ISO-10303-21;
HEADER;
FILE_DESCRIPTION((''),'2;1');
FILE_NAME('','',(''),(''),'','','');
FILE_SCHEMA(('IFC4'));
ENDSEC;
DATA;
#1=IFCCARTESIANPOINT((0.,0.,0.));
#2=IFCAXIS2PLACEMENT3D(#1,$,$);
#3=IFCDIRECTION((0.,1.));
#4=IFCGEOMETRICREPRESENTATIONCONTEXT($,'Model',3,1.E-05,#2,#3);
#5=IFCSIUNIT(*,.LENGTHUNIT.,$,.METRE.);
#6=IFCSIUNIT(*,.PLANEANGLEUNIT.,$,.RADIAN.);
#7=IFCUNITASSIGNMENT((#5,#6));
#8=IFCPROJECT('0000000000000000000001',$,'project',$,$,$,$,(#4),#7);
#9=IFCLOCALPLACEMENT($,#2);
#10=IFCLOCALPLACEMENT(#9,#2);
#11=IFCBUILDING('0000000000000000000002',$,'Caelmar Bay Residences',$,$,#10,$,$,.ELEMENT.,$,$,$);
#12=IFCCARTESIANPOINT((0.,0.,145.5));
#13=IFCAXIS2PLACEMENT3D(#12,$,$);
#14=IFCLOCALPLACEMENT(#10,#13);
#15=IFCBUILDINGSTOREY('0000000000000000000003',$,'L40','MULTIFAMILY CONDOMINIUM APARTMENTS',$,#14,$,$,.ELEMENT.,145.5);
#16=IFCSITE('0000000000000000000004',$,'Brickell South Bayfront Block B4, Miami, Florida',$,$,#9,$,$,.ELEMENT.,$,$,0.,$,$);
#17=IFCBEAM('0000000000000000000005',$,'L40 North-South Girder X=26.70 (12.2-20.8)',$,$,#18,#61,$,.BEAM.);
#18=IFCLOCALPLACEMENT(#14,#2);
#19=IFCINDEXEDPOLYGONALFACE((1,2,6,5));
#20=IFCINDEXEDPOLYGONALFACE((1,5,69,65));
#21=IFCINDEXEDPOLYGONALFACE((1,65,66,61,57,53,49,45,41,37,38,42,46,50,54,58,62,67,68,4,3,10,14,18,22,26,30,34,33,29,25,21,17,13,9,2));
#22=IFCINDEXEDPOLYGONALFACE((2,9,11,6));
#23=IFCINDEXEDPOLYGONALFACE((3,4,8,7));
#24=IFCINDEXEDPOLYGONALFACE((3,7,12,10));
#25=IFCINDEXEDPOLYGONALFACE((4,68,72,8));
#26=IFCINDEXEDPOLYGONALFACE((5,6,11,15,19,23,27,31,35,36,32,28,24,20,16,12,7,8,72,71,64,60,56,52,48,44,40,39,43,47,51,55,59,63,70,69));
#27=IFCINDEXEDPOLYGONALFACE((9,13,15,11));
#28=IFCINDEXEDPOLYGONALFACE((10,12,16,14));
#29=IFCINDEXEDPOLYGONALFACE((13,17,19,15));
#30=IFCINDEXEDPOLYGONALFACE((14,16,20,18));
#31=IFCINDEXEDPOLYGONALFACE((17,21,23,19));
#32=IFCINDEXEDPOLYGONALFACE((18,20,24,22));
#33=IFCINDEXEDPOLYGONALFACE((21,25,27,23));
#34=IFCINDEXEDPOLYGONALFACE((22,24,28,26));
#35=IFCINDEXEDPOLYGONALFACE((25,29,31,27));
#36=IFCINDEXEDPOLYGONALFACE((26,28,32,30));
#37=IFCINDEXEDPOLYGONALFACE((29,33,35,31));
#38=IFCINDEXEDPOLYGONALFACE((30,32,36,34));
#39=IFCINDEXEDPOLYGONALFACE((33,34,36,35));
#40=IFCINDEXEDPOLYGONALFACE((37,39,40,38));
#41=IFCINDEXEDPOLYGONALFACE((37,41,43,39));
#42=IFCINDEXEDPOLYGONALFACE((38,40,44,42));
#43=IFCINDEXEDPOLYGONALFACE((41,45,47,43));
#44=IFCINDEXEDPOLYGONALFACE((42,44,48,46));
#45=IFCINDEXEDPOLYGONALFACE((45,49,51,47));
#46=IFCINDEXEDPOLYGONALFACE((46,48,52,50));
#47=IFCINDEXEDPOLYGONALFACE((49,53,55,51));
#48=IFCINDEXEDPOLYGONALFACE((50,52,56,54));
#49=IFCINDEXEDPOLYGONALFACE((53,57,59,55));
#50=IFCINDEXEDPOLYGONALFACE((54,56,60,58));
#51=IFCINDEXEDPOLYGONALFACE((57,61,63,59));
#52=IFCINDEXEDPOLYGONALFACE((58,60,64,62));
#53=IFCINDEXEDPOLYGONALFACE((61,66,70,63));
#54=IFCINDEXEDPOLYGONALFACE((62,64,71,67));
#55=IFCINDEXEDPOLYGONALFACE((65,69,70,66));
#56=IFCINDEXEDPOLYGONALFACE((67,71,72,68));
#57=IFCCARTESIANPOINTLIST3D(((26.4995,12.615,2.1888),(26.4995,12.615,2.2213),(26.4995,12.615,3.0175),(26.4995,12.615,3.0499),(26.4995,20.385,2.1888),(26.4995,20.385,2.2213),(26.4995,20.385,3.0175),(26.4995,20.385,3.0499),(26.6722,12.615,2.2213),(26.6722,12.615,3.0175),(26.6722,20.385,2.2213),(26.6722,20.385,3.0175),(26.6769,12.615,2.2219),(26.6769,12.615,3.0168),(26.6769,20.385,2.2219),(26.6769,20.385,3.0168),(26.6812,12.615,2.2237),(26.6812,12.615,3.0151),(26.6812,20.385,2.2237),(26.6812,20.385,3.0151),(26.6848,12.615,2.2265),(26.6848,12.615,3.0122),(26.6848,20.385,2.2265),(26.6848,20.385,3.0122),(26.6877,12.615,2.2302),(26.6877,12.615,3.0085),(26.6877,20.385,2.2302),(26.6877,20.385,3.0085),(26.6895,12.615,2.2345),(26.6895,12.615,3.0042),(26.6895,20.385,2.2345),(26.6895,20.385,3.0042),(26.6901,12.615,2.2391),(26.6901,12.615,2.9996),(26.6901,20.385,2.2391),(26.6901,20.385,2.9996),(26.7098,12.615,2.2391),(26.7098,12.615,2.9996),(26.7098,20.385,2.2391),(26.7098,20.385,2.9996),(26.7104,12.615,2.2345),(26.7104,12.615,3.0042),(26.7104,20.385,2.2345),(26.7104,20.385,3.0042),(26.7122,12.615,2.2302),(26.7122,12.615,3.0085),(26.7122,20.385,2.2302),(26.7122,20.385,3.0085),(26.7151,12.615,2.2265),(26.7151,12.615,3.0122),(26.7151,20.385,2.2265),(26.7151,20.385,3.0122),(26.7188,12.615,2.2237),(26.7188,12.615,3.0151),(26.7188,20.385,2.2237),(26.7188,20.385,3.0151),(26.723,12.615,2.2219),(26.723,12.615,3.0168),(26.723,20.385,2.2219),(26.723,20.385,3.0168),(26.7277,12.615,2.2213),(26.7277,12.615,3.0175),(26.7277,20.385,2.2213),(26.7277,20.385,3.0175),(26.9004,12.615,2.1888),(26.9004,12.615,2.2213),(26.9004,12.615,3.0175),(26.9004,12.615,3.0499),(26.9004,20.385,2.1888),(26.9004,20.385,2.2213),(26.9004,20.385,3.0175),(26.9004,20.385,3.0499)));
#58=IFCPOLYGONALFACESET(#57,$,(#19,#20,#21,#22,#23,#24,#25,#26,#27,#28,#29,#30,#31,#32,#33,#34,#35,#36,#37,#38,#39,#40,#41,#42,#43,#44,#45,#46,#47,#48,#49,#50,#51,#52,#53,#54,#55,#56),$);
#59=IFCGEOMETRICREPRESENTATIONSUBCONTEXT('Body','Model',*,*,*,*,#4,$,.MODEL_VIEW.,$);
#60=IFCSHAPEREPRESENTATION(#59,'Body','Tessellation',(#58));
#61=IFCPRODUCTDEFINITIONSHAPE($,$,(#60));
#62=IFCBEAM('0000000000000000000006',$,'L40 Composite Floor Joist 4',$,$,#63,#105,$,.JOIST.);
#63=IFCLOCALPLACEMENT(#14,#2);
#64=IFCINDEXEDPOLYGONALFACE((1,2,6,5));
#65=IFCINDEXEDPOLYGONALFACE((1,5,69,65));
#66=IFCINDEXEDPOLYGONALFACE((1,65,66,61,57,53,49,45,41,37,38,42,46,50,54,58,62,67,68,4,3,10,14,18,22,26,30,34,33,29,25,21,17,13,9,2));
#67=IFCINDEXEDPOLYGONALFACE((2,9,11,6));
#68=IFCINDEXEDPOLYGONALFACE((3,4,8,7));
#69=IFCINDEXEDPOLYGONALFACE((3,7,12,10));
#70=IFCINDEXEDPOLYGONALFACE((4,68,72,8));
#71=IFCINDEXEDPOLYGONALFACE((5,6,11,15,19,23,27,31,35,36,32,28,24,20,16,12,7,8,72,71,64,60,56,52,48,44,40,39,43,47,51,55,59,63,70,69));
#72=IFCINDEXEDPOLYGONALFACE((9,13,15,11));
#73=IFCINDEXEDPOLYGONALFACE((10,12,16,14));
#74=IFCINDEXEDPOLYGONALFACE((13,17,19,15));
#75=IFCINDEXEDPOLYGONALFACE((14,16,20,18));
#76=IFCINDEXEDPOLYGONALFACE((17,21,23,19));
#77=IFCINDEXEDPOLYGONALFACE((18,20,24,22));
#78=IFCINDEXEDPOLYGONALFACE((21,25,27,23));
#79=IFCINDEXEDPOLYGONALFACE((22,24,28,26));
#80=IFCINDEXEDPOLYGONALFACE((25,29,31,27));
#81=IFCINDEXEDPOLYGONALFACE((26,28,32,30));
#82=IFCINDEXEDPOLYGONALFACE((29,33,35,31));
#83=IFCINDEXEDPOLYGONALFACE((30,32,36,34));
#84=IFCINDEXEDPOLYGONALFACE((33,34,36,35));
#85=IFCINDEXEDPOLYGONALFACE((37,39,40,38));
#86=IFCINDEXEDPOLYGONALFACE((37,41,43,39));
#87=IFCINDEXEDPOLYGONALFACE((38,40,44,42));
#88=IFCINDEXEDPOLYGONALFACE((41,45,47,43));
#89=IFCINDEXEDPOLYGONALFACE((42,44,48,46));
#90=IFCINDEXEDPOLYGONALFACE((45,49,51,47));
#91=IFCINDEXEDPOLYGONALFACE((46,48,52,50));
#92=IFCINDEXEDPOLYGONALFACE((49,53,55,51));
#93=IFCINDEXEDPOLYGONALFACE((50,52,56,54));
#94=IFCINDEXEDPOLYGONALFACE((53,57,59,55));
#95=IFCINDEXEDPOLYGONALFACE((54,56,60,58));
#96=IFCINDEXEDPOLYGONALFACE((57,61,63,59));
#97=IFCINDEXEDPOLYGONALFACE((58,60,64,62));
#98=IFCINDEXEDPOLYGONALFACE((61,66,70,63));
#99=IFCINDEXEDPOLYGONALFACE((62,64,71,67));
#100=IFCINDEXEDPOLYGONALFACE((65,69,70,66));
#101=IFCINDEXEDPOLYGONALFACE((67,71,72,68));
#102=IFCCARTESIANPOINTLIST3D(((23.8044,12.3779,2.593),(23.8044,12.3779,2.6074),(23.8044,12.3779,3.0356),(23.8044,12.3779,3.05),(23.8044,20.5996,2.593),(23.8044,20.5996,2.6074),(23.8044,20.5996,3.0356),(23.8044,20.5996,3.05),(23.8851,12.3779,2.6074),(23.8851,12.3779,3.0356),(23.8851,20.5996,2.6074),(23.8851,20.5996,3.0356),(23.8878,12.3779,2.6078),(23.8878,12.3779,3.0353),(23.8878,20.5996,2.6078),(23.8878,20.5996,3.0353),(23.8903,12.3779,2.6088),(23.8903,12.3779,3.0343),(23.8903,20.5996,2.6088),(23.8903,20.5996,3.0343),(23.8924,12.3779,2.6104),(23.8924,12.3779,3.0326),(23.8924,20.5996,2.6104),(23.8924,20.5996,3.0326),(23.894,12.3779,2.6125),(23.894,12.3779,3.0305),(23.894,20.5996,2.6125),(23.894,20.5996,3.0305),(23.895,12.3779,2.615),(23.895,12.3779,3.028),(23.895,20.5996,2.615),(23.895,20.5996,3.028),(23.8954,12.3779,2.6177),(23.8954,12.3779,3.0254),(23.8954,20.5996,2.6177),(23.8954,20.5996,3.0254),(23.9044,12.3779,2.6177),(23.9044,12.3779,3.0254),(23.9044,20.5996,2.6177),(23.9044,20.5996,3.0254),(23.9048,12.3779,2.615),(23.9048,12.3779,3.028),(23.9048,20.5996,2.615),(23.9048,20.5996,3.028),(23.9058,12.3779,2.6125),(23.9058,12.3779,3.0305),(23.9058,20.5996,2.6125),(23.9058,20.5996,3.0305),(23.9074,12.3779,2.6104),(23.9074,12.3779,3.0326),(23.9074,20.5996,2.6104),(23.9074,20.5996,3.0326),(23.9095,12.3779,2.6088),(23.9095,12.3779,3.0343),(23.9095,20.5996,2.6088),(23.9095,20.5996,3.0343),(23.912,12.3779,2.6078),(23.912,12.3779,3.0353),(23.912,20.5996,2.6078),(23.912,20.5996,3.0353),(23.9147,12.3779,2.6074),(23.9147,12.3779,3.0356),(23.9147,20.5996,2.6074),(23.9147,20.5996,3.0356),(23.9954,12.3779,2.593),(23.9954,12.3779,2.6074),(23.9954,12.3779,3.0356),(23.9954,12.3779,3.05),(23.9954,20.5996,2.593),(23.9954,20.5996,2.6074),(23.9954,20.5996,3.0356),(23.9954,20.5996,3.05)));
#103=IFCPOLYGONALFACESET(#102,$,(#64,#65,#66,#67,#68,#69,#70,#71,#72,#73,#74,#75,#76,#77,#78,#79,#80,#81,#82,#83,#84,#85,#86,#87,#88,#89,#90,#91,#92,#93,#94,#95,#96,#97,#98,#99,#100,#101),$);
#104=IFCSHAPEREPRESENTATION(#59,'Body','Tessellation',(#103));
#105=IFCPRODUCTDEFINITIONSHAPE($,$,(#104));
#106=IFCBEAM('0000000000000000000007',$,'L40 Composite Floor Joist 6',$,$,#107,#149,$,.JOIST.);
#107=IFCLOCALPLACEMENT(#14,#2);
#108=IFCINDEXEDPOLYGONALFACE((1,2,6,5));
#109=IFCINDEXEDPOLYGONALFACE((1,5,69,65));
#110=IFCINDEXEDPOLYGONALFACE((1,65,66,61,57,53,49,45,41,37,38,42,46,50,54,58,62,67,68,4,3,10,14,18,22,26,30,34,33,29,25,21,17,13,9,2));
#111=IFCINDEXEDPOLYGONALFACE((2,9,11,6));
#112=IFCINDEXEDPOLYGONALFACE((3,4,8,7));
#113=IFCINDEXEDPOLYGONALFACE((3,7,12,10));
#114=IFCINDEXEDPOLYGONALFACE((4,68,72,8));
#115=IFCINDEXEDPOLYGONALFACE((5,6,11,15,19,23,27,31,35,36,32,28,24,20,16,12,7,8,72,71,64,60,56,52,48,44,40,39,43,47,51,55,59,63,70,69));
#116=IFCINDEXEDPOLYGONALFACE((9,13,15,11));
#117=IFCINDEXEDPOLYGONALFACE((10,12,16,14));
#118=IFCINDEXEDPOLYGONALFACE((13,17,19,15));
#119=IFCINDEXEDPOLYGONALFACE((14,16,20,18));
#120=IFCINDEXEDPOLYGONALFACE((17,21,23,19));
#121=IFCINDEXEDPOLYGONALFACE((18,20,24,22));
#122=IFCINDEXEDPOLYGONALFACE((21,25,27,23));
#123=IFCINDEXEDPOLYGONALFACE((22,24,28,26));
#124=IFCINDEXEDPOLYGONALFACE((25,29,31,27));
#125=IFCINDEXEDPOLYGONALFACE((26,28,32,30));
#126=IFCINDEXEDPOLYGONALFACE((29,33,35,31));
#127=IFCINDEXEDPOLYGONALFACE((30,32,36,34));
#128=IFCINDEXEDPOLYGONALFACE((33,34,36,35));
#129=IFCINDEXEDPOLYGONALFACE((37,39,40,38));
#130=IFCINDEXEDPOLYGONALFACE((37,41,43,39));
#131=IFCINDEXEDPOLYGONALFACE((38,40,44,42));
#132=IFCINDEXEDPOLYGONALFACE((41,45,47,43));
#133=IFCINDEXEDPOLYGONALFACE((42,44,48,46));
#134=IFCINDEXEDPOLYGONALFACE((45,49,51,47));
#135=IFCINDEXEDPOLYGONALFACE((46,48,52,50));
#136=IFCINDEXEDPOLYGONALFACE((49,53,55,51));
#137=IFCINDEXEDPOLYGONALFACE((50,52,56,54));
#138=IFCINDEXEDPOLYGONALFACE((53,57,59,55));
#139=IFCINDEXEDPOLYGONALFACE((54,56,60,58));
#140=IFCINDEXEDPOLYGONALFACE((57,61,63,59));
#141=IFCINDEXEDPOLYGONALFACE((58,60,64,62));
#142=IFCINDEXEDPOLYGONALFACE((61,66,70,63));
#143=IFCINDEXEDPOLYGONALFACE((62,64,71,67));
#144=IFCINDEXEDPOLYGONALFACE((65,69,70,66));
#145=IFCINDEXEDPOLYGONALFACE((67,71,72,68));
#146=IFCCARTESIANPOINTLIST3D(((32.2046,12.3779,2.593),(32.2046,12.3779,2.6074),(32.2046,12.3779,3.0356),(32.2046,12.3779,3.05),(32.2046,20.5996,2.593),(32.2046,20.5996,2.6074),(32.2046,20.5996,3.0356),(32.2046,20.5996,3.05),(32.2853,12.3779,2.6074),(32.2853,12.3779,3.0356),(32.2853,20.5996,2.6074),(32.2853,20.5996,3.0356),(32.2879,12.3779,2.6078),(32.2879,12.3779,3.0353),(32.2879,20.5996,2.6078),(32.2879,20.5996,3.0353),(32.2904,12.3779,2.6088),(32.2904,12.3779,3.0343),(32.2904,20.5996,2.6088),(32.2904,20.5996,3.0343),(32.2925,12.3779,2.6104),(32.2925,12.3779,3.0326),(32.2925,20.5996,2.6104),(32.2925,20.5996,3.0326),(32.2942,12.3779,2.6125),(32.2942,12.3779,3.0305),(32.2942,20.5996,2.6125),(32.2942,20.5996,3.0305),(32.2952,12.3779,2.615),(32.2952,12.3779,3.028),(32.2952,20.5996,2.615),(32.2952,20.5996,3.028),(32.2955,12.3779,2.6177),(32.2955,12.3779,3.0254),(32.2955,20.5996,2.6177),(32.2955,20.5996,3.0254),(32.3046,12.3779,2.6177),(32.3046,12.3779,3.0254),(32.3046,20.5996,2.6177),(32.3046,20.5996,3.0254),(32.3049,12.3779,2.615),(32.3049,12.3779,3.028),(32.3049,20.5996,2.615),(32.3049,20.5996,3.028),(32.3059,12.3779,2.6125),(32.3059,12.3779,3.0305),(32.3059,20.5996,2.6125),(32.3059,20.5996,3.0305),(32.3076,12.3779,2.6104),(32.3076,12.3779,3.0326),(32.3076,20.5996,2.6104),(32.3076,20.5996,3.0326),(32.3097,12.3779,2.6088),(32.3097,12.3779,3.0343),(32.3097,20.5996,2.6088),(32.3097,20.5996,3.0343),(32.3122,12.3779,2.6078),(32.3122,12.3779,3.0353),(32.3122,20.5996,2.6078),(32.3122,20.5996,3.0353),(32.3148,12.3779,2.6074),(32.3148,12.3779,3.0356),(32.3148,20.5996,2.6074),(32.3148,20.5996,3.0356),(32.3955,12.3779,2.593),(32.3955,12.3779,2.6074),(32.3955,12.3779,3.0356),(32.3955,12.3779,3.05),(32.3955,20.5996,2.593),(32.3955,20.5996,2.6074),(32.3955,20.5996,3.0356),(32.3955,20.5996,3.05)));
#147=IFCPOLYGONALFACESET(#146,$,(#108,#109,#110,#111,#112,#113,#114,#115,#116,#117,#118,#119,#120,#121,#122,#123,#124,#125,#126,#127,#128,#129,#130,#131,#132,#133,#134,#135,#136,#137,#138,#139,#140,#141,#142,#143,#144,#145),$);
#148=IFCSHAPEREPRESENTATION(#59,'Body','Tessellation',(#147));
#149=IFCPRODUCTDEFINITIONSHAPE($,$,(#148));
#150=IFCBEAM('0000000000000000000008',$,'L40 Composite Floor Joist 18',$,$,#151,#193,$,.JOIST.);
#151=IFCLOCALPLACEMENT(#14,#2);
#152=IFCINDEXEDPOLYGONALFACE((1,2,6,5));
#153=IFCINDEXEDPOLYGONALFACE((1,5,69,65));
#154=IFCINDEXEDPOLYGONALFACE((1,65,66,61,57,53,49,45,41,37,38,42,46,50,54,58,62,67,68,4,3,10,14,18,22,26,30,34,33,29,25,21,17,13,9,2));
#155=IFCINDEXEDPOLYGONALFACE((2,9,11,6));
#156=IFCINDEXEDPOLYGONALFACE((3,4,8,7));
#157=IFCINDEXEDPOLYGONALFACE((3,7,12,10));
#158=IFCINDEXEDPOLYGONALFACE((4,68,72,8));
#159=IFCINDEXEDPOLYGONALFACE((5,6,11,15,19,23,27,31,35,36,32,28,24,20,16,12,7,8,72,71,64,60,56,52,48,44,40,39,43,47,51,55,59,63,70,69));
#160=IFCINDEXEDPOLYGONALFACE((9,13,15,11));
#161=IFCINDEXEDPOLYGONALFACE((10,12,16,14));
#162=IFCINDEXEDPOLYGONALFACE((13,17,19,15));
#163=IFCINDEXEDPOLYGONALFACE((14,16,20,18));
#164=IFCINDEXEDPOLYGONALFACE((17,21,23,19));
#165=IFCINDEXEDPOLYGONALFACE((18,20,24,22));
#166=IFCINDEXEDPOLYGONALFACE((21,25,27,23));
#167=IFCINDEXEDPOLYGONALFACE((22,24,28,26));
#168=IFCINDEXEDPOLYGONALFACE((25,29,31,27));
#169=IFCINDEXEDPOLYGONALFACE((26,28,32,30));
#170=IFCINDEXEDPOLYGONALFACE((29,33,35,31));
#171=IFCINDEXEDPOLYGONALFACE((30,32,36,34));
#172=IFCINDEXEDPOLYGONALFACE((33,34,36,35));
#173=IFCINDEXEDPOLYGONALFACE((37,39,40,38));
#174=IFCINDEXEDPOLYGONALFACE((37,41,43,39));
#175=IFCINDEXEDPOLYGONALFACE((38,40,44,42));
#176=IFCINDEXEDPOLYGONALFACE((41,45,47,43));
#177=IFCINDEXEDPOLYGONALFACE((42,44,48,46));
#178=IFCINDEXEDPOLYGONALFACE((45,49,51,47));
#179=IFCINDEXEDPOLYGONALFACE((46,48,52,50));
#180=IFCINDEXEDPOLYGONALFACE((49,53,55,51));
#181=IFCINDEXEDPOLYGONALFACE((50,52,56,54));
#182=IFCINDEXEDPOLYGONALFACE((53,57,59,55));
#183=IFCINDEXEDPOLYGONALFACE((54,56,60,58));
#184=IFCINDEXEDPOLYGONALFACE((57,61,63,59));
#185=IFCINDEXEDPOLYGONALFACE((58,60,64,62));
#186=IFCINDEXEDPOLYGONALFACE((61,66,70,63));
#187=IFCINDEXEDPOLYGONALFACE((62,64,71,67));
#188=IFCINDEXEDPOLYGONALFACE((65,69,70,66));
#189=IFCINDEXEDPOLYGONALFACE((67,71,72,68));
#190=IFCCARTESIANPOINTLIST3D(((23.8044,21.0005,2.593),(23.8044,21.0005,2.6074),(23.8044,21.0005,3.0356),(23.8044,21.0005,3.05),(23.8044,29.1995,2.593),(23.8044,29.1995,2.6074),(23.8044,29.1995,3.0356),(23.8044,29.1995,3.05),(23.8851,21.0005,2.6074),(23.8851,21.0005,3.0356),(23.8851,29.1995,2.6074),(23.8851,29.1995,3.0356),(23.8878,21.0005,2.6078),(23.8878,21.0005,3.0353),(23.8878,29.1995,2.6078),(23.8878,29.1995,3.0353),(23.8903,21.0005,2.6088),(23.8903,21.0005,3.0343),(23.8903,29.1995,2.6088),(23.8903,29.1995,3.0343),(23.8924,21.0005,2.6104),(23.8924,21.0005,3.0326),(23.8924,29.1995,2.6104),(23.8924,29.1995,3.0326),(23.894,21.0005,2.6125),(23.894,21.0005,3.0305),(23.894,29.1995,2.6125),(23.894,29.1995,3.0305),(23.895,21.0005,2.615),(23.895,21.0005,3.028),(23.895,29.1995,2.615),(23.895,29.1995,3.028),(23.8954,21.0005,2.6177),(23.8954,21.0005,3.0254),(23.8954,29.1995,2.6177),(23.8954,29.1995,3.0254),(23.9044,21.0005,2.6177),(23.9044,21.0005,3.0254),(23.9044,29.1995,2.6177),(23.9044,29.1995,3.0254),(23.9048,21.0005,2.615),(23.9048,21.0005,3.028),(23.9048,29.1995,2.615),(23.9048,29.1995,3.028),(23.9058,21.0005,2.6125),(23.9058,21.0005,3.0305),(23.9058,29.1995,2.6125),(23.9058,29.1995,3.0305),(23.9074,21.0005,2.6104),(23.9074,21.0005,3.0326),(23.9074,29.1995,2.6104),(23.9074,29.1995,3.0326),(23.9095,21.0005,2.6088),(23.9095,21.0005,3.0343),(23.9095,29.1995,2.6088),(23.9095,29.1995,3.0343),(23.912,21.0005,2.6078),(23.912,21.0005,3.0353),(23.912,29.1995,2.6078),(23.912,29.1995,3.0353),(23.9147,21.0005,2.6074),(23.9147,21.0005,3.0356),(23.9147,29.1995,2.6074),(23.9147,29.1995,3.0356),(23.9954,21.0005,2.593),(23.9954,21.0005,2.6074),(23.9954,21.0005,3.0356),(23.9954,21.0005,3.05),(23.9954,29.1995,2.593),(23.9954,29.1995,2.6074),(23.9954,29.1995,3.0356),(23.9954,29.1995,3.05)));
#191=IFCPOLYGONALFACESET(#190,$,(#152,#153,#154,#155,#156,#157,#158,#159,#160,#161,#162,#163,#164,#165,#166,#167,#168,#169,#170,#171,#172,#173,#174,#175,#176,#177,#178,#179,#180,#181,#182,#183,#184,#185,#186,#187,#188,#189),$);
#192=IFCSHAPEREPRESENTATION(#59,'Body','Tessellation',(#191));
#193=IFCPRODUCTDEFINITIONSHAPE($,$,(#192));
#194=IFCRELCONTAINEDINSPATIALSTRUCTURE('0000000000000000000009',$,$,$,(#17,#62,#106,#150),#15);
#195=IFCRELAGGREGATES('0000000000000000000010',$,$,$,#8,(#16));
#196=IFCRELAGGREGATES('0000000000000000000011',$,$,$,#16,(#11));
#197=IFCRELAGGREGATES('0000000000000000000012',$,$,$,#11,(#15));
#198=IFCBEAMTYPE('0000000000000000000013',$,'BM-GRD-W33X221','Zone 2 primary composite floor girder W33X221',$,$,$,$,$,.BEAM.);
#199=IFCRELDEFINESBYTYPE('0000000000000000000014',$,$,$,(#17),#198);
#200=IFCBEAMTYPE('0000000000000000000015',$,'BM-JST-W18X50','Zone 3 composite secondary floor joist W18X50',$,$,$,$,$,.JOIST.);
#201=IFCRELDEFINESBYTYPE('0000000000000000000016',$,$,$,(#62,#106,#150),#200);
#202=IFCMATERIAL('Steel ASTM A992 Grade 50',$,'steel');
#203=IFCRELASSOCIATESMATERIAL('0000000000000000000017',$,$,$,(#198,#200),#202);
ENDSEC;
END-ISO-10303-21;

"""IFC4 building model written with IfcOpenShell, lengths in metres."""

from ifc_helpers import new_model, si_unit, direction, frame, origin, origin_2d, place, context, subcontext, project, spatial, i_section, extrude, material, material_profile, profile_set, type_object, element, save


model = new_model("IFC4")

# Units and contexts
model_context = context("Model", 3, precision=1e-05, world=origin(), true_north=direction((0.0, 1.0)))
body_context = subcontext(model_context, "Body", "Model", "MODEL_VIEW")
ifc_project = project(units=[si_unit("LENGTHUNIT", "METRE"), si_unit("PLANEANGLEUNIT", "RADIAN")], contexts=[model_context])

# Site, building, storey
site_placement = place(None, origin())
site = spatial("IfcSite", under=ifc_project, at=site_placement, Name="Brickell South Bayfront Block B4, Miami, Florida", CompositionType="ELEMENT", RefElevation=0.0)
building_placement = place(site_placement, origin())
building = spatial("IfcBuilding", under=site, at=building_placement, Name="Caelmar Bay Residences", CompositionType="ELEMENT")
storey_placement = place(building_placement, frame((0.0, 0.0, 145.5)))
storey = spatial("IfcBuildingStorey", under=building, at=storey_placement, Name="L40", Description="MULTIFAMILY CONDOMINIUM APARTMENTS", CompositionType="ELEMENT", Elevation=145.5)

# Beams
ifc_material_1 = material(Name="Steel ASTM A992 Grade 50", Category="steel")
ifc_material_profile_1 = material_profile(ifc_material_1, i_section(OverallWidth=0.4009, OverallDepth=0.8611, WebThickness=0.0198, FlangeThickness=0.0325, FilletRadius=0.0178, at=origin_2d()), Name="W33X221")
ifc_profile_set_1 = profile_set([ifc_material_profile_1], Name="Steel ASTM A992 Grade 50")
beam_type_1 = type_object("IfcBeamType", Name="BM-GRD-W33X221", Description="Zone 2 primary composite floor girder W33X221", PredefinedType="BEAM", material=ifc_profile_set_1)
for number, where, z_axis, x_axis, name in (
    (1, (26.7, 12.615, 2.6194), (0.0, 1.0, 0.0), (-1.0, 0.0, 0.0), "L40 North-South Girder X=26.70 (12.2-20.8)"),
):
    element("IfcBeam", number, at=place(storey_placement, frame(where, z_axis=z_axis, x_axis=x_axis)), inside=storey, type_object=beam_type_1, Name=name, PredefinedType="BEAM", context=body_context, shape_type="SweptSolid", body=[
        extrude(i_section(OverallWidth=0.4009, OverallDepth=0.8611, WebThickness=0.0198, FlangeThickness=0.0325, FilletRadius=0.0178, at=origin_2d()), origin(), (0.0, 0.0, 1.0), 7.77),
    ])
ifc_material_profile_2 = material_profile(ifc_material_1, i_section(OverallWidth=0.1909, OverallDepth=0.457, WebThickness=0.009, FlangeThickness=0.0144, FilletRadius=0.0103, at=origin_2d()), Name="W18X50")
ifc_profile_set_2 = profile_set([ifc_material_profile_2], Name="Steel ASTM A992 Grade 50")
beam_type_2 = type_object("IfcBeamType", Name="BM-JST-W18X50", Description="Zone 3 composite secondary floor joist W18X50", PredefinedType="JOIST", material=ifc_profile_set_2)
for number, where, z_axis, x_axis, name in (
    (2, (23.8999, 12.3779, 2.8215), (0.0, 1.0, 0.0), (-1.0, 0.0, 0.0), "L40 Composite Floor Joist 4"),
    (3, (32.3, 12.3779, 2.8215), (0.0, 1.0, 0.0), (-1.0, 0.0, 0.0), "L40 Composite Floor Joist 6"),
):
    element("IfcBeam", number, at=place(storey_placement, frame(where, z_axis=z_axis, x_axis=x_axis)), inside=storey, type_object=beam_type_2, Name=name, PredefinedType="JOIST", context=body_context, shape_type="SweptSolid", body=[
        extrude(i_section(OverallWidth=0.1909, OverallDepth=0.457, WebThickness=0.009, FlangeThickness=0.0144, FilletRadius=0.0103, at=origin_2d()), origin(), (0.0, 0.0, 1.0), 8.2217),
    ])
for number, where, z_axis, x_axis, name in (
    (4, (23.8999, 21.0005, 2.8215), (0.0, 1.0, 0.0), (-1.0, 0.0, 0.0), "L40 Composite Floor Joist 18"),
):
    element("IfcBeam", number, at=place(storey_placement, frame(where, z_axis=z_axis, x_axis=x_axis)), inside=storey, type_object=beam_type_2, Name=name, PredefinedType="JOIST", context=body_context, shape_type="SweptSolid", body=[
        extrude(i_section(OverallWidth=0.1909, OverallDepth=0.457, WebThickness=0.009, FlangeThickness=0.0144, FilletRadius=0.0103, at=origin_2d()), origin(), (0.0, 0.0, 1.0), 8.199),
    ])

save(model, "model.ifc")
